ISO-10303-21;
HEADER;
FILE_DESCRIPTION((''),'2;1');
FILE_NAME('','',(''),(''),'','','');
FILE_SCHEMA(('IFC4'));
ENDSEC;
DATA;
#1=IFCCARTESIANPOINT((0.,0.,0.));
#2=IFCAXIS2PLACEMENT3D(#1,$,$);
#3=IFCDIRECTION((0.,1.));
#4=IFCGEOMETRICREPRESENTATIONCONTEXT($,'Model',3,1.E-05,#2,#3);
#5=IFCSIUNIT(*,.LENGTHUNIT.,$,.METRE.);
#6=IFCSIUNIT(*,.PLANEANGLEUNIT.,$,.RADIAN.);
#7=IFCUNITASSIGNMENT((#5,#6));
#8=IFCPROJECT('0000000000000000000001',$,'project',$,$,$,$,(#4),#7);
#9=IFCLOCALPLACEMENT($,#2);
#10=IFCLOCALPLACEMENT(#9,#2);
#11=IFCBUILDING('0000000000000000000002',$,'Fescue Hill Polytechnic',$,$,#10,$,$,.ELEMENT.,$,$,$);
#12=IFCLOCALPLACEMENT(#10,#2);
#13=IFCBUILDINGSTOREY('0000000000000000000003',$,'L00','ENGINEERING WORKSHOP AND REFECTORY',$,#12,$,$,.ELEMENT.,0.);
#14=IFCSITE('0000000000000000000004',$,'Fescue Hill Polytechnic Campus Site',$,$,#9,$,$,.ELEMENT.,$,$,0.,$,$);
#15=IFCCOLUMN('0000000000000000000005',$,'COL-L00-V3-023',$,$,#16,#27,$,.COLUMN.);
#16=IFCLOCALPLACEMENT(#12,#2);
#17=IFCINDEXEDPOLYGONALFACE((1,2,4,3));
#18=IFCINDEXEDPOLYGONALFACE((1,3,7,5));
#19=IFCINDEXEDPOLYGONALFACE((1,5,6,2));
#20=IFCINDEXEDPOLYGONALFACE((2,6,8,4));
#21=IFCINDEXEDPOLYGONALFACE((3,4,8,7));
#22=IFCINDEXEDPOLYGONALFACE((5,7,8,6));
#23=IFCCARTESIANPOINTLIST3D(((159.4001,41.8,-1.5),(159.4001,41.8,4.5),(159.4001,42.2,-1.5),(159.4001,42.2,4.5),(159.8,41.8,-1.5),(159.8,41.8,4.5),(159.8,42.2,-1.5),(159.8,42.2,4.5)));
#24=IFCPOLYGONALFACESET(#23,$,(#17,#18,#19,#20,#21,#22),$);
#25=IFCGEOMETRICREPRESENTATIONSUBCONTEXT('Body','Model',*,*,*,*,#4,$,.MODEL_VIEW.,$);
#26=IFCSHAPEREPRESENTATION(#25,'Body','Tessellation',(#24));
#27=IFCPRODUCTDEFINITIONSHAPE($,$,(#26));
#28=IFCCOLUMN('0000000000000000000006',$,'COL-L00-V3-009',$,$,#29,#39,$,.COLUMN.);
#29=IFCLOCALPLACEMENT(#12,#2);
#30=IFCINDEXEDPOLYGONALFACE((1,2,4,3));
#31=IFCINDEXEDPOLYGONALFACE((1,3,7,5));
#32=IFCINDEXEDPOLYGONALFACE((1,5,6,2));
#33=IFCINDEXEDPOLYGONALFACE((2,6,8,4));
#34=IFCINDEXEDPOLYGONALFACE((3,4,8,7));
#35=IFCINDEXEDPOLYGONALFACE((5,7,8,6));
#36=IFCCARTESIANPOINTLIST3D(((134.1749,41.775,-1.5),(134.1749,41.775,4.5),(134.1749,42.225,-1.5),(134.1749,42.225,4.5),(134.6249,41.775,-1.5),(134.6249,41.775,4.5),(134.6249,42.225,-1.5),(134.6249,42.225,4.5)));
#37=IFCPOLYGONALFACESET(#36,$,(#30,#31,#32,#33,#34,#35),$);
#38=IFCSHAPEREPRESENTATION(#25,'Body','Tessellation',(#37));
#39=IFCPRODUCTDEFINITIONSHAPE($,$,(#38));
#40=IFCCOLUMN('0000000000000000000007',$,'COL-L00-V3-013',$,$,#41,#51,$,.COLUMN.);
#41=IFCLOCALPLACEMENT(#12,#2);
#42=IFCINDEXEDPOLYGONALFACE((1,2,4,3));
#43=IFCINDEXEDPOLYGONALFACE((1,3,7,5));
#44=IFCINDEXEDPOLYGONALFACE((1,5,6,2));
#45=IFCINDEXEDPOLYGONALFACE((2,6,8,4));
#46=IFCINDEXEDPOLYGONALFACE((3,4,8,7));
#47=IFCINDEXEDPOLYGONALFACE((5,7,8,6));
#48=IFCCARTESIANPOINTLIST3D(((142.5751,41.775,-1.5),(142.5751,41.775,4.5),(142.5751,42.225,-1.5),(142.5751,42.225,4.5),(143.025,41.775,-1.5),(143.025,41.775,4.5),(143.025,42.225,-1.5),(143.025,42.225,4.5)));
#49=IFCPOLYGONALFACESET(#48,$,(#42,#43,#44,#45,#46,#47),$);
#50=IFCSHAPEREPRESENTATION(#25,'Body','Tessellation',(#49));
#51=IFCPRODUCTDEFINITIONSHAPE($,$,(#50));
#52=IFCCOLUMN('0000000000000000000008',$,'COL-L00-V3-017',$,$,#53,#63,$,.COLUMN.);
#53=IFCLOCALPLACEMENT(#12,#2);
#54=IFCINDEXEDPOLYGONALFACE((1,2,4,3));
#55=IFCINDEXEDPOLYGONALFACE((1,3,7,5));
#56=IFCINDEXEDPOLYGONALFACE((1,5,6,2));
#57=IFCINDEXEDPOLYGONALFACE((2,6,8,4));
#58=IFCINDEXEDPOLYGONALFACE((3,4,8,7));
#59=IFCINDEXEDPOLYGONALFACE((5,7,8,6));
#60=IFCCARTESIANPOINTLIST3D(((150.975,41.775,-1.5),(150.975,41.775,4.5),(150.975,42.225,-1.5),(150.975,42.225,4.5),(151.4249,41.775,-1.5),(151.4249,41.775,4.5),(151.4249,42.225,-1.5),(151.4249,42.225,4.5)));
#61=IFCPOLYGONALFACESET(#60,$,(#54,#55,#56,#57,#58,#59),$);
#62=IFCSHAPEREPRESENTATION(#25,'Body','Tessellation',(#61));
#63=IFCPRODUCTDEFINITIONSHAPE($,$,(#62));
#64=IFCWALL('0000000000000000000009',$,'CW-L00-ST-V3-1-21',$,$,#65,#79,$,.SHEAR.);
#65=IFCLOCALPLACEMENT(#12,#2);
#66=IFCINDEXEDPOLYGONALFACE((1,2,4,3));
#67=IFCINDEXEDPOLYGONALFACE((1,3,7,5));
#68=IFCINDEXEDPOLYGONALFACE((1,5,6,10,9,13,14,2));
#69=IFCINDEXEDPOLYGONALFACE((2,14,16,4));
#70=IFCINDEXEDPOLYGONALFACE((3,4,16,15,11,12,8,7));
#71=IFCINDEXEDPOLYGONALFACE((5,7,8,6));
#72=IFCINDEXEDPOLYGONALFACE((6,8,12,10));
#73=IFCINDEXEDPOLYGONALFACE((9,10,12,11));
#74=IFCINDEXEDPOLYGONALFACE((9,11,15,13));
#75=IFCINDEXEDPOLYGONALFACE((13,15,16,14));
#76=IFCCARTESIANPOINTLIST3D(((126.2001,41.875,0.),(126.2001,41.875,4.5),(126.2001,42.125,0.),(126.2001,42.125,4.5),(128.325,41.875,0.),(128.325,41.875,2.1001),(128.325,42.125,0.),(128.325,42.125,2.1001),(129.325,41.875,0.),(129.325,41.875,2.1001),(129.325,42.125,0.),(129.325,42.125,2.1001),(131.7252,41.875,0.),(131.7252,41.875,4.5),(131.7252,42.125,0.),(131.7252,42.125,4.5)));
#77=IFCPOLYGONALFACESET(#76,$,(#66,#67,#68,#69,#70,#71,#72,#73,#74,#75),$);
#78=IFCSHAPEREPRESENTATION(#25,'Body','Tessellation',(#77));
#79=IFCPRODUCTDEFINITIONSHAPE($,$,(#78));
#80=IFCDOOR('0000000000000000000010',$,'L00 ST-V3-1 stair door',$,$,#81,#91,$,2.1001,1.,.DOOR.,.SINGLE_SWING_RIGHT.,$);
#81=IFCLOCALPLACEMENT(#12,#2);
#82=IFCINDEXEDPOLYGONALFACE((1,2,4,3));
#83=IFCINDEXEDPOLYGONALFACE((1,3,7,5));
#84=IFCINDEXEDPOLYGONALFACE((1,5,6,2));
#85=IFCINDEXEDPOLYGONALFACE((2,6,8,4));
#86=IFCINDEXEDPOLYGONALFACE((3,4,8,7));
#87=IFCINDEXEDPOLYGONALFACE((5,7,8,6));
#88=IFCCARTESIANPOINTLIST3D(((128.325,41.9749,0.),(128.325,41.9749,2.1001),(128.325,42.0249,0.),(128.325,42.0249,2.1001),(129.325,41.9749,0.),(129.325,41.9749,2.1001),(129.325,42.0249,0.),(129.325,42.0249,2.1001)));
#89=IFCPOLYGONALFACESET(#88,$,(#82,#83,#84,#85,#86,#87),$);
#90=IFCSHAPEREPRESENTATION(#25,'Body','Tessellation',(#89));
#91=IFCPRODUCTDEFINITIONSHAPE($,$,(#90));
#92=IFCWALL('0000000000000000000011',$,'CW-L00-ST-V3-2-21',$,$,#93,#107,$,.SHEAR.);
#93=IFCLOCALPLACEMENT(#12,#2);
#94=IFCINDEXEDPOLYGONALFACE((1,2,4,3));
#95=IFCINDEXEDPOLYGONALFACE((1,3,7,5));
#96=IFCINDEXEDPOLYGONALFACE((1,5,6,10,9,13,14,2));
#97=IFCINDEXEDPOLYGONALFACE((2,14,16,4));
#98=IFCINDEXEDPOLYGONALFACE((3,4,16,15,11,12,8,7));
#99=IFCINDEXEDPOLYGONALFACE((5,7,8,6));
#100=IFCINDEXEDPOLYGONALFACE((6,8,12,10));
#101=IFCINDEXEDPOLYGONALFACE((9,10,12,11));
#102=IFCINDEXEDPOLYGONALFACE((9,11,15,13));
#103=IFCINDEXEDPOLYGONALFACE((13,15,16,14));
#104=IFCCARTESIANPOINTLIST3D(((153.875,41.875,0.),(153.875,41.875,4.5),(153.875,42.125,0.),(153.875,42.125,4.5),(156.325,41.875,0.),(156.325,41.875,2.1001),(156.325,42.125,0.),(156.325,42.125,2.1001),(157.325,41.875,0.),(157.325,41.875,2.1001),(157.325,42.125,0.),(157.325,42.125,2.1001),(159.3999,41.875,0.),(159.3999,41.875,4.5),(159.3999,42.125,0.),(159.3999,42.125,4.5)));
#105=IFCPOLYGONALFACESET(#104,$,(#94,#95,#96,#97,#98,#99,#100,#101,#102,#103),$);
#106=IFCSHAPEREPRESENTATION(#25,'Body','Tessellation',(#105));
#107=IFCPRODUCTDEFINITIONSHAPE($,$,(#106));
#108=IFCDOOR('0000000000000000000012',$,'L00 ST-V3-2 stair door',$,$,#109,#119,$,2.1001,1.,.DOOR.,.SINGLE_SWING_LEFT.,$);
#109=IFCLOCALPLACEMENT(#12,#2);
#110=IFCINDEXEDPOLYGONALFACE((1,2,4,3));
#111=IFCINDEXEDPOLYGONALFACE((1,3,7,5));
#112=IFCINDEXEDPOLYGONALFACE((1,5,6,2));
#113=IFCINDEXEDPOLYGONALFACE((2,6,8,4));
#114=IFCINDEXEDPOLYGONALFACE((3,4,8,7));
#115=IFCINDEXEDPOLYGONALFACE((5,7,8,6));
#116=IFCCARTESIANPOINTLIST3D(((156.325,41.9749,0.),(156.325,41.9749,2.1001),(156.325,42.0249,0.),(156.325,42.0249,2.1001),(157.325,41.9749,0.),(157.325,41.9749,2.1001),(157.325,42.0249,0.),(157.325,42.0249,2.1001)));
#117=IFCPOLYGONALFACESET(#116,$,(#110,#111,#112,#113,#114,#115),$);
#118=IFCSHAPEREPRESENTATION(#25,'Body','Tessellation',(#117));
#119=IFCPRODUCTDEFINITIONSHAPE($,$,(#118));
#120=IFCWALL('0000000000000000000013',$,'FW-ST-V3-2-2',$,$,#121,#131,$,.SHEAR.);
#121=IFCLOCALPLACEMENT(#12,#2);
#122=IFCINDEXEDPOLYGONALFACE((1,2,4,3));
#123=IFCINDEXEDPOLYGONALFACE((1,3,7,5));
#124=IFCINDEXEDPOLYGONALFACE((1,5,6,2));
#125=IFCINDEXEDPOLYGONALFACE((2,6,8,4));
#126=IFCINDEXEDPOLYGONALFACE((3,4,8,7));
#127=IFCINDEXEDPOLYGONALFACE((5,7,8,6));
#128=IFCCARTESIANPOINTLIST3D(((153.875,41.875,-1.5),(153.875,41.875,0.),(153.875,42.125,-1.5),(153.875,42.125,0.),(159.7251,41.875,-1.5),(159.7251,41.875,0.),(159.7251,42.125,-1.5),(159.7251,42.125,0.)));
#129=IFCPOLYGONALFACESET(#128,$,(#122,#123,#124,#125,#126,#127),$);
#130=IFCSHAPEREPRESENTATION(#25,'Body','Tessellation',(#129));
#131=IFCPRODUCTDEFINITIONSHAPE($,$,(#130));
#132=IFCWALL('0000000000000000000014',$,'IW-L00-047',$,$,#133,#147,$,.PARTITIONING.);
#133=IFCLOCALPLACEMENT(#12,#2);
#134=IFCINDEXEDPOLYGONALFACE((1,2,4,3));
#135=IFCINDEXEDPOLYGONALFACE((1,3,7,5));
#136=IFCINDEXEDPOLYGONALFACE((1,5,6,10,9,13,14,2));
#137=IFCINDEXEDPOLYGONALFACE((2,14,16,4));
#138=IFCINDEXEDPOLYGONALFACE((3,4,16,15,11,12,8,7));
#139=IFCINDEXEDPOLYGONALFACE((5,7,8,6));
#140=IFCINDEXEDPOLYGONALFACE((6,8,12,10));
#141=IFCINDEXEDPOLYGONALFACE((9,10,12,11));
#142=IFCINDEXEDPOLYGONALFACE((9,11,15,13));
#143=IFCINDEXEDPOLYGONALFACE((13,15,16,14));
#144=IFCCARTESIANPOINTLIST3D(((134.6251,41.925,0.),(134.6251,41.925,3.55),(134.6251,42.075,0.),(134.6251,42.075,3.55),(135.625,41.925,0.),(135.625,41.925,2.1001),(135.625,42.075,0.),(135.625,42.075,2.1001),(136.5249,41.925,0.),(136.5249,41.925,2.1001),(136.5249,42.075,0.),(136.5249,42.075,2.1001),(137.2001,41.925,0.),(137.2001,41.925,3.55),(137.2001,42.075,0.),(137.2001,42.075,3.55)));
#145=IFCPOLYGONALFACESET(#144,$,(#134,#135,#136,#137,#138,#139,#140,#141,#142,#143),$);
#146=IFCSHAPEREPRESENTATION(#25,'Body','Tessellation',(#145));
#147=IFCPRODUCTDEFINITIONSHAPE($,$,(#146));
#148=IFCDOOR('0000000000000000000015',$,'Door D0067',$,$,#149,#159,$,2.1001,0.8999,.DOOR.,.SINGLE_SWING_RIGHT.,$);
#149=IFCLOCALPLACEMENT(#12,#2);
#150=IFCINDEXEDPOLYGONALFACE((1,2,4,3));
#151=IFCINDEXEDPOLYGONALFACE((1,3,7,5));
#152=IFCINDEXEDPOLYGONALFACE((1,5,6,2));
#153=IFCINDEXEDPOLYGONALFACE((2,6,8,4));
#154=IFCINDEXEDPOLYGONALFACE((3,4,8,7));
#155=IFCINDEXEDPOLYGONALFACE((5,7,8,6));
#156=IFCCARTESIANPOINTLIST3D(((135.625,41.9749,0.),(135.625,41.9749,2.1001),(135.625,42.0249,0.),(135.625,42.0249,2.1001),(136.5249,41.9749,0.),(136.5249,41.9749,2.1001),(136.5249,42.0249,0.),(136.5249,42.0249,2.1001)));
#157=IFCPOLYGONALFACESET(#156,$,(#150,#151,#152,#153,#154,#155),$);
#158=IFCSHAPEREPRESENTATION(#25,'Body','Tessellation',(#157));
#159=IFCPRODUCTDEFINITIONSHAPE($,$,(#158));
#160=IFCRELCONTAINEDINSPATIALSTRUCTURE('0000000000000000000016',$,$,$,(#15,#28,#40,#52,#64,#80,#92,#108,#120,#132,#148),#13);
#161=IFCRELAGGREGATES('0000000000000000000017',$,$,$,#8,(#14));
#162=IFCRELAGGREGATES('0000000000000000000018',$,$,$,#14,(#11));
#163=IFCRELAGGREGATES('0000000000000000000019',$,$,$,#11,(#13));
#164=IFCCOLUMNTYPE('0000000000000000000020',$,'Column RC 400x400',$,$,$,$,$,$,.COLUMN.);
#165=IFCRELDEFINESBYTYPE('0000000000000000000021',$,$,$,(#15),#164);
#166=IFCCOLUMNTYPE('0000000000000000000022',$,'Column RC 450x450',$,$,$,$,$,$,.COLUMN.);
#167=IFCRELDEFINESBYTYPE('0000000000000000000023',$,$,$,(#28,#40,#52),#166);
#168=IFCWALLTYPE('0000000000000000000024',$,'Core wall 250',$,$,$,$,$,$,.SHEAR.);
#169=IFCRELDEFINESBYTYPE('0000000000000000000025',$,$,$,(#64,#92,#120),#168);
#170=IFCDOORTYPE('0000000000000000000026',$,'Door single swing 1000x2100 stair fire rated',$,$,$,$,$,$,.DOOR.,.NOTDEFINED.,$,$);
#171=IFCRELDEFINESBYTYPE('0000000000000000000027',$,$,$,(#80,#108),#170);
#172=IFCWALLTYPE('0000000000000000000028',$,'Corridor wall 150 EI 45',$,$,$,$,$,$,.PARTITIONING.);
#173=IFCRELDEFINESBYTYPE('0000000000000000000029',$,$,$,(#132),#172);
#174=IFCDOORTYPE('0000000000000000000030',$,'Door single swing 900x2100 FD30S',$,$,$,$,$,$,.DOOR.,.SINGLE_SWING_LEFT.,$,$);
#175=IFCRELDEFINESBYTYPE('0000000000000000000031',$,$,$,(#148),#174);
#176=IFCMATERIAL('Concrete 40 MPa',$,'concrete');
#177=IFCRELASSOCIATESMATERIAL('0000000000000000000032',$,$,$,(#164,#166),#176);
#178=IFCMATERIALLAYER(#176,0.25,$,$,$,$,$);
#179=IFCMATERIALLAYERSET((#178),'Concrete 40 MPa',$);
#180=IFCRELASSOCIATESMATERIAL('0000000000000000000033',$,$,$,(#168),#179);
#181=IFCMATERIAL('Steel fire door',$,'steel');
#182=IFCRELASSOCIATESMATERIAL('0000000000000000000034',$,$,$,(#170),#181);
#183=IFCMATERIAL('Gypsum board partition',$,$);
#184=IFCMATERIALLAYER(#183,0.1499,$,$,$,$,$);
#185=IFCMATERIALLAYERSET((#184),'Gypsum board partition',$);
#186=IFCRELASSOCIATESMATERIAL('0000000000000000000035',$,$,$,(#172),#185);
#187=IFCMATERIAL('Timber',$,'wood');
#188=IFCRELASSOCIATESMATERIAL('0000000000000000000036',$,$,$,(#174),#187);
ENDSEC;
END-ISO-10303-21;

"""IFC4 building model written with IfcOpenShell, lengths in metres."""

from ifc_helpers import new_model, si_unit, direction, frame, frame_2d, origin, origin_2d, place, context, subcontext, project, spatial, rectangle, extrude, material, layer, layer_set, material_profile, profile_set, type_object, element, fill, save


model = new_model("IFC4")

# Units and contexts
model_context = context("Model", 3, precision=1e-05, world=origin(), true_north=direction((0.0, 1.0)))
body_context = subcontext(model_context, "Body", "Model", "MODEL_VIEW")
ifc_project = project(units=[si_unit("LENGTHUNIT", "METRE"), si_unit("PLANEANGLEUNIT", "RADIAN")], contexts=[model_context])

# Site, building, storey
site_placement = place(None, origin())
site = spatial("IfcSite", under=ifc_project, at=site_placement, Name="Fescue Hill Polytechnic Campus Site", CompositionType="ELEMENT", RefElevation=0.0)
building_placement = place(site_placement, origin())
building = spatial("IfcBuilding", under=site, at=building_placement, Name="Fescue Hill Polytechnic", CompositionType="ELEMENT")
storey_placement = place(building_placement, origin())
storey = spatial("IfcBuildingStorey", under=building, at=storey_placement, Name="L00", Description="ENGINEERING WORKSHOP AND REFECTORY", CompositionType="ELEMENT", Elevation=0.0)

# Columns
ifc_material_1 = material(Name="Concrete 40 MPa", Category="concrete")
ifc_material_profile_1 = material_profile(ifc_material_1, rectangle(XDim=0.3999, YDim=0.3999, at=origin_2d()), Name="RC 400x400")
ifc_profile_set_1 = profile_set([ifc_material_profile_1], Name="Concrete 40 MPa")
column_type_1 = type_object("IfcColumnType", Name="Column RC 400x400", PredefinedType="COLUMN", material=ifc_profile_set_1)
column_placement = place(storey_placement, frame((159.6001, 42.0, -1.5), z_axis=(0.0, 0.0, 1.0), x_axis=(1.0, 0.0, 0.0)))
element("IfcColumn", 1, at=column_placement, inside=storey, type_object=column_type_1, Name="COL-L00-V3-023", PredefinedType="COLUMN", context=body_context, shape_type="SweptSolid", body=[
    extrude(rectangle(XDim=0.3999, YDim=0.3999, at=origin_2d()), origin(), (0.0, 0.0, 1.0), 6.0),
])
ifc_material_profile_2 = material_profile(ifc_material_1, rectangle(XDim=0.45, YDim=0.45, at=origin_2d()), Name="RC 450x450")
ifc_profile_set_2 = profile_set([ifc_material_profile_2], Name="Concrete 40 MPa")
column_type_2 = type_object("IfcColumnType", Name="Column RC 450x450", PredefinedType="COLUMN", material=ifc_profile_set_2)
for number, where, z_axis, x_axis, name in (
    (2, (134.3999, 42.0, -1.5), (0.0, 0.0, 1.0), (1.0, 0.0, 0.0), "COL-L00-V3-009"),
    (3, (142.8, 42.0, -1.5), (0.0, 0.0, 1.0), (1.0, 0.0, 0.0), "COL-L00-V3-013"),
    (4, (151.2, 42.0, -1.5), (0.0, 0.0, 1.0), (1.0, 0.0, 0.0), "COL-L00-V3-017"),
):
    element("IfcColumn", number, at=place(storey_placement, frame(where, z_axis=z_axis, x_axis=x_axis)), inside=storey, type_object=column_type_2, Name=name, PredefinedType="COLUMN", context=body_context, shape_type="SweptSolid", body=[
        extrude(rectangle(XDim=0.45, YDim=0.45, at=origin_2d()), origin(), (0.0, 0.0, 1.0), 6.0),
    ])

# Walls, openings, doors
ifc_layer_1 = layer(ifc_material_1, 0.25)
ifc_layer_set_1 = layer_set([ifc_layer_1], Name="Concrete 40 MPa")
wall_type_1 = type_object("IfcWallType", Name="Core wall 250", PredefinedType="SHEAR", material=ifc_layer_set_1)
wall_1_placement = place(storey_placement, frame((126.2, 42.0, 0.0), z_axis=(0.0, 0.0, 1.0), x_axis=(1.0, 0.0, 0.0)))
wall_1 = element("IfcWall", 5, at=wall_1_placement, inside=storey, type_object=wall_type_1, Name="CW-L00-ST-V3-1-21", PredefinedType="SHEAR", context=body_context, shape_type="SweptSolid", body=[
    extrude(rectangle(XDim=5.5251, YDim=0.25, at=frame_2d((2.7627, 0.0))), origin(), (0.0, 0.0, 1.0), 4.5),
])
opening_1_placement = place(wall_1_placement, frame((2.125, 0.0, 0.0)))
opening_1 = element("IfcOpeningElement", 6, at=opening_1_placement, cuts=wall_1, PredefinedType="OPENING", context=body_context, shape_type="SweptSolid", body=[
    extrude(rectangle(XDim=1.0, YDim=2.1001, at=frame_2d((0.5, 1.05))), frame((0.0, 0.135, 0.0), z_axis=(0.0, -1.0, 0.0), x_axis=(1.0, 0.0, 0.0)), (0.0, 0.0, 1.0), 0.27),
])
ifc_material_2 = material(Name="Steel fire door", Category="steel")
door_type_1 = type_object("IfcDoorType", Name="Door single swing 1000x2100 stair fire rated", OperationType="NOTDEFINED", PredefinedType="DOOR", material=ifc_material_2)
door_1_placement = place(opening_1_placement, origin())
door_1 = element("IfcDoor", 7, at=door_1_placement, inside=storey, type_object=door_type_1, Name="L00 ST-V3-1 stair door", OperationType="SINGLE_SWING_RIGHT", OverallHeight=2.1001, OverallWidth=1.0, PredefinedType="DOOR", context=body_context, shape_type="SweptSolid", body=[
    extrude(rectangle(XDim=1.0, YDim=2.1001, at=frame_2d((0.5, 1.05))), frame((0.0, 0.0249, 0.0), z_axis=(0.0, -1.0, 0.0), x_axis=(1.0, 0.0, 0.0)), (0.0, 0.0, 1.0), 0.05),
])
fill(opening_1, door_1)
wall_2_placement = place(storey_placement, frame((153.875, 42.0, 0.0), z_axis=(0.0, 0.0, 1.0), x_axis=(1.0, 0.0, 0.0)))
wall_2 = element("IfcWall", 8, at=wall_2_placement, inside=storey, type_object=wall_type_1, Name="CW-L00-ST-V3-2-21", PredefinedType="SHEAR", context=body_context, shape_type="SweptSolid", body=[
    extrude(rectangle(XDim=5.5249, YDim=0.25, at=frame_2d((2.7625, 0.0))), origin(), (0.0, 0.0, 1.0), 4.5),
])
opening_2_placement = place(wall_2_placement, frame((2.45, 0.0, 0.0)))
opening_2 = element("IfcOpeningElement", 9, at=opening_2_placement, cuts=wall_2, PredefinedType="OPENING", context=body_context, shape_type="SweptSolid", body=[
    extrude(rectangle(XDim=1.0, YDim=2.1001, at=frame_2d((0.5, 1.05))), frame((0.0, 0.135, 0.0), z_axis=(0.0, -1.0, 0.0), x_axis=(1.0, 0.0, 0.0)), (0.0, 0.0, 1.0), 0.27),
])
door_2_placement = place(opening_2_placement, origin())
door_2 = element("IfcDoor", 10, at=door_2_placement, inside=storey, type_object=door_type_1, Name="L00 ST-V3-2 stair door", OperationType="SINGLE_SWING_LEFT", OverallHeight=2.1001, OverallWidth=1.0, PredefinedType="DOOR", context=body_context, shape_type="SweptSolid", body=[
    extrude(rectangle(XDim=1.0, YDim=2.1001, at=frame_2d((0.5, 1.05))), frame((0.0, 0.0249, 0.0), z_axis=(0.0, -1.0, 0.0), x_axis=(1.0, 0.0, 0.0)), (0.0, 0.0, 1.0), 0.05),
])
fill(opening_2, door_2)

# Wall
wall_3_placement = place(storey_placement, frame((153.875, 42.0, -1.5), z_axis=(0.0, 0.0, 1.0), x_axis=(1.0, 0.0, 0.0)))
element("IfcWall", 11, at=wall_3_placement, inside=storey, type_object=wall_type_1, Name="FW-ST-V3-2-2", PredefinedType="SHEAR", context=body_context, shape_type="SweptSolid", body=[
    extrude(rectangle(XDim=5.8501, YDim=0.25, at=frame_2d((2.925, 0.0))), origin(), (0.0, 0.0, 1.0), 1.5),
])

# Wall, opening, door
ifc_material_3 = material(Name="Gypsum board partition")
ifc_layer_2 = layer(ifc_material_3, 0.1499)
ifc_layer_set_2 = layer_set([ifc_layer_2], Name="Gypsum board partition")
wall_type_2 = type_object("IfcWallType", Name="Corridor wall 150 EI 45", PredefinedType="PARTITIONING", material=ifc_layer_set_2)
wall_4_placement = place(storey_placement, frame((134.625, 42.0, 0.0), z_axis=(0.0, 0.0, 1.0), x_axis=(1.0, 0.0, 0.0)))
wall_4 = element("IfcWall", 12, at=wall_4_placement, inside=storey, type_object=wall_type_2, Name="IW-L00-047", PredefinedType="PARTITIONING", context=body_context, shape_type="SweptSolid", body=[
    extrude(rectangle(XDim=2.575, YDim=0.1499, at=frame_2d((1.2876, 0.0))), origin(), (0.0, 0.0, 1.0), 3.55),
])
opening_3_placement = place(wall_4_placement, frame((1.0, 0.0, 0.0)))
opening_3 = element("IfcOpeningElement", 13, at=opening_3_placement, cuts=wall_4, PredefinedType="OPENING", context=body_context, shape_type="SweptSolid", body=[
    extrude(rectangle(XDim=0.8999, YDim=2.1001, at=frame_2d((0.45, 1.05))), frame((0.0, 0.085, 0.0), z_axis=(0.0, -1.0, 0.0), x_axis=(1.0, 0.0, 0.0)), (0.0, 0.0, 1.0), 0.1699),
])
ifc_material_4 = material(Name="Timber", Category="wood")
door_type_2 = type_object("IfcDoorType", Name="Door single swing 900x2100 FD30S", OperationType="SINGLE_SWING_LEFT", PredefinedType="DOOR", material=ifc_material_4)
door_3_placement = place(opening_3_placement, origin())
door_3 = element("IfcDoor", 14, at=door_3_placement, inside=storey, type_object=door_type_2, Name="Door D0067", OperationType="SINGLE_SWING_RIGHT", OverallHeight=2.1001, OverallWidth=0.8999, PredefinedType="DOOR", context=body_context, shape_type="SweptSolid", body=[
    extrude(rectangle(XDim=0.8999, YDim=2.1001, at=frame_2d((0.45, 1.05))), frame((0.0, 0.0249, 0.0), z_axis=(0.0, -1.0, 0.0), x_axis=(1.0, 0.0, 0.0)), (0.0, 0.0, 1.0), 0.05),
])
fill(opening_3, door_3)

save(model, "model.ifc")
